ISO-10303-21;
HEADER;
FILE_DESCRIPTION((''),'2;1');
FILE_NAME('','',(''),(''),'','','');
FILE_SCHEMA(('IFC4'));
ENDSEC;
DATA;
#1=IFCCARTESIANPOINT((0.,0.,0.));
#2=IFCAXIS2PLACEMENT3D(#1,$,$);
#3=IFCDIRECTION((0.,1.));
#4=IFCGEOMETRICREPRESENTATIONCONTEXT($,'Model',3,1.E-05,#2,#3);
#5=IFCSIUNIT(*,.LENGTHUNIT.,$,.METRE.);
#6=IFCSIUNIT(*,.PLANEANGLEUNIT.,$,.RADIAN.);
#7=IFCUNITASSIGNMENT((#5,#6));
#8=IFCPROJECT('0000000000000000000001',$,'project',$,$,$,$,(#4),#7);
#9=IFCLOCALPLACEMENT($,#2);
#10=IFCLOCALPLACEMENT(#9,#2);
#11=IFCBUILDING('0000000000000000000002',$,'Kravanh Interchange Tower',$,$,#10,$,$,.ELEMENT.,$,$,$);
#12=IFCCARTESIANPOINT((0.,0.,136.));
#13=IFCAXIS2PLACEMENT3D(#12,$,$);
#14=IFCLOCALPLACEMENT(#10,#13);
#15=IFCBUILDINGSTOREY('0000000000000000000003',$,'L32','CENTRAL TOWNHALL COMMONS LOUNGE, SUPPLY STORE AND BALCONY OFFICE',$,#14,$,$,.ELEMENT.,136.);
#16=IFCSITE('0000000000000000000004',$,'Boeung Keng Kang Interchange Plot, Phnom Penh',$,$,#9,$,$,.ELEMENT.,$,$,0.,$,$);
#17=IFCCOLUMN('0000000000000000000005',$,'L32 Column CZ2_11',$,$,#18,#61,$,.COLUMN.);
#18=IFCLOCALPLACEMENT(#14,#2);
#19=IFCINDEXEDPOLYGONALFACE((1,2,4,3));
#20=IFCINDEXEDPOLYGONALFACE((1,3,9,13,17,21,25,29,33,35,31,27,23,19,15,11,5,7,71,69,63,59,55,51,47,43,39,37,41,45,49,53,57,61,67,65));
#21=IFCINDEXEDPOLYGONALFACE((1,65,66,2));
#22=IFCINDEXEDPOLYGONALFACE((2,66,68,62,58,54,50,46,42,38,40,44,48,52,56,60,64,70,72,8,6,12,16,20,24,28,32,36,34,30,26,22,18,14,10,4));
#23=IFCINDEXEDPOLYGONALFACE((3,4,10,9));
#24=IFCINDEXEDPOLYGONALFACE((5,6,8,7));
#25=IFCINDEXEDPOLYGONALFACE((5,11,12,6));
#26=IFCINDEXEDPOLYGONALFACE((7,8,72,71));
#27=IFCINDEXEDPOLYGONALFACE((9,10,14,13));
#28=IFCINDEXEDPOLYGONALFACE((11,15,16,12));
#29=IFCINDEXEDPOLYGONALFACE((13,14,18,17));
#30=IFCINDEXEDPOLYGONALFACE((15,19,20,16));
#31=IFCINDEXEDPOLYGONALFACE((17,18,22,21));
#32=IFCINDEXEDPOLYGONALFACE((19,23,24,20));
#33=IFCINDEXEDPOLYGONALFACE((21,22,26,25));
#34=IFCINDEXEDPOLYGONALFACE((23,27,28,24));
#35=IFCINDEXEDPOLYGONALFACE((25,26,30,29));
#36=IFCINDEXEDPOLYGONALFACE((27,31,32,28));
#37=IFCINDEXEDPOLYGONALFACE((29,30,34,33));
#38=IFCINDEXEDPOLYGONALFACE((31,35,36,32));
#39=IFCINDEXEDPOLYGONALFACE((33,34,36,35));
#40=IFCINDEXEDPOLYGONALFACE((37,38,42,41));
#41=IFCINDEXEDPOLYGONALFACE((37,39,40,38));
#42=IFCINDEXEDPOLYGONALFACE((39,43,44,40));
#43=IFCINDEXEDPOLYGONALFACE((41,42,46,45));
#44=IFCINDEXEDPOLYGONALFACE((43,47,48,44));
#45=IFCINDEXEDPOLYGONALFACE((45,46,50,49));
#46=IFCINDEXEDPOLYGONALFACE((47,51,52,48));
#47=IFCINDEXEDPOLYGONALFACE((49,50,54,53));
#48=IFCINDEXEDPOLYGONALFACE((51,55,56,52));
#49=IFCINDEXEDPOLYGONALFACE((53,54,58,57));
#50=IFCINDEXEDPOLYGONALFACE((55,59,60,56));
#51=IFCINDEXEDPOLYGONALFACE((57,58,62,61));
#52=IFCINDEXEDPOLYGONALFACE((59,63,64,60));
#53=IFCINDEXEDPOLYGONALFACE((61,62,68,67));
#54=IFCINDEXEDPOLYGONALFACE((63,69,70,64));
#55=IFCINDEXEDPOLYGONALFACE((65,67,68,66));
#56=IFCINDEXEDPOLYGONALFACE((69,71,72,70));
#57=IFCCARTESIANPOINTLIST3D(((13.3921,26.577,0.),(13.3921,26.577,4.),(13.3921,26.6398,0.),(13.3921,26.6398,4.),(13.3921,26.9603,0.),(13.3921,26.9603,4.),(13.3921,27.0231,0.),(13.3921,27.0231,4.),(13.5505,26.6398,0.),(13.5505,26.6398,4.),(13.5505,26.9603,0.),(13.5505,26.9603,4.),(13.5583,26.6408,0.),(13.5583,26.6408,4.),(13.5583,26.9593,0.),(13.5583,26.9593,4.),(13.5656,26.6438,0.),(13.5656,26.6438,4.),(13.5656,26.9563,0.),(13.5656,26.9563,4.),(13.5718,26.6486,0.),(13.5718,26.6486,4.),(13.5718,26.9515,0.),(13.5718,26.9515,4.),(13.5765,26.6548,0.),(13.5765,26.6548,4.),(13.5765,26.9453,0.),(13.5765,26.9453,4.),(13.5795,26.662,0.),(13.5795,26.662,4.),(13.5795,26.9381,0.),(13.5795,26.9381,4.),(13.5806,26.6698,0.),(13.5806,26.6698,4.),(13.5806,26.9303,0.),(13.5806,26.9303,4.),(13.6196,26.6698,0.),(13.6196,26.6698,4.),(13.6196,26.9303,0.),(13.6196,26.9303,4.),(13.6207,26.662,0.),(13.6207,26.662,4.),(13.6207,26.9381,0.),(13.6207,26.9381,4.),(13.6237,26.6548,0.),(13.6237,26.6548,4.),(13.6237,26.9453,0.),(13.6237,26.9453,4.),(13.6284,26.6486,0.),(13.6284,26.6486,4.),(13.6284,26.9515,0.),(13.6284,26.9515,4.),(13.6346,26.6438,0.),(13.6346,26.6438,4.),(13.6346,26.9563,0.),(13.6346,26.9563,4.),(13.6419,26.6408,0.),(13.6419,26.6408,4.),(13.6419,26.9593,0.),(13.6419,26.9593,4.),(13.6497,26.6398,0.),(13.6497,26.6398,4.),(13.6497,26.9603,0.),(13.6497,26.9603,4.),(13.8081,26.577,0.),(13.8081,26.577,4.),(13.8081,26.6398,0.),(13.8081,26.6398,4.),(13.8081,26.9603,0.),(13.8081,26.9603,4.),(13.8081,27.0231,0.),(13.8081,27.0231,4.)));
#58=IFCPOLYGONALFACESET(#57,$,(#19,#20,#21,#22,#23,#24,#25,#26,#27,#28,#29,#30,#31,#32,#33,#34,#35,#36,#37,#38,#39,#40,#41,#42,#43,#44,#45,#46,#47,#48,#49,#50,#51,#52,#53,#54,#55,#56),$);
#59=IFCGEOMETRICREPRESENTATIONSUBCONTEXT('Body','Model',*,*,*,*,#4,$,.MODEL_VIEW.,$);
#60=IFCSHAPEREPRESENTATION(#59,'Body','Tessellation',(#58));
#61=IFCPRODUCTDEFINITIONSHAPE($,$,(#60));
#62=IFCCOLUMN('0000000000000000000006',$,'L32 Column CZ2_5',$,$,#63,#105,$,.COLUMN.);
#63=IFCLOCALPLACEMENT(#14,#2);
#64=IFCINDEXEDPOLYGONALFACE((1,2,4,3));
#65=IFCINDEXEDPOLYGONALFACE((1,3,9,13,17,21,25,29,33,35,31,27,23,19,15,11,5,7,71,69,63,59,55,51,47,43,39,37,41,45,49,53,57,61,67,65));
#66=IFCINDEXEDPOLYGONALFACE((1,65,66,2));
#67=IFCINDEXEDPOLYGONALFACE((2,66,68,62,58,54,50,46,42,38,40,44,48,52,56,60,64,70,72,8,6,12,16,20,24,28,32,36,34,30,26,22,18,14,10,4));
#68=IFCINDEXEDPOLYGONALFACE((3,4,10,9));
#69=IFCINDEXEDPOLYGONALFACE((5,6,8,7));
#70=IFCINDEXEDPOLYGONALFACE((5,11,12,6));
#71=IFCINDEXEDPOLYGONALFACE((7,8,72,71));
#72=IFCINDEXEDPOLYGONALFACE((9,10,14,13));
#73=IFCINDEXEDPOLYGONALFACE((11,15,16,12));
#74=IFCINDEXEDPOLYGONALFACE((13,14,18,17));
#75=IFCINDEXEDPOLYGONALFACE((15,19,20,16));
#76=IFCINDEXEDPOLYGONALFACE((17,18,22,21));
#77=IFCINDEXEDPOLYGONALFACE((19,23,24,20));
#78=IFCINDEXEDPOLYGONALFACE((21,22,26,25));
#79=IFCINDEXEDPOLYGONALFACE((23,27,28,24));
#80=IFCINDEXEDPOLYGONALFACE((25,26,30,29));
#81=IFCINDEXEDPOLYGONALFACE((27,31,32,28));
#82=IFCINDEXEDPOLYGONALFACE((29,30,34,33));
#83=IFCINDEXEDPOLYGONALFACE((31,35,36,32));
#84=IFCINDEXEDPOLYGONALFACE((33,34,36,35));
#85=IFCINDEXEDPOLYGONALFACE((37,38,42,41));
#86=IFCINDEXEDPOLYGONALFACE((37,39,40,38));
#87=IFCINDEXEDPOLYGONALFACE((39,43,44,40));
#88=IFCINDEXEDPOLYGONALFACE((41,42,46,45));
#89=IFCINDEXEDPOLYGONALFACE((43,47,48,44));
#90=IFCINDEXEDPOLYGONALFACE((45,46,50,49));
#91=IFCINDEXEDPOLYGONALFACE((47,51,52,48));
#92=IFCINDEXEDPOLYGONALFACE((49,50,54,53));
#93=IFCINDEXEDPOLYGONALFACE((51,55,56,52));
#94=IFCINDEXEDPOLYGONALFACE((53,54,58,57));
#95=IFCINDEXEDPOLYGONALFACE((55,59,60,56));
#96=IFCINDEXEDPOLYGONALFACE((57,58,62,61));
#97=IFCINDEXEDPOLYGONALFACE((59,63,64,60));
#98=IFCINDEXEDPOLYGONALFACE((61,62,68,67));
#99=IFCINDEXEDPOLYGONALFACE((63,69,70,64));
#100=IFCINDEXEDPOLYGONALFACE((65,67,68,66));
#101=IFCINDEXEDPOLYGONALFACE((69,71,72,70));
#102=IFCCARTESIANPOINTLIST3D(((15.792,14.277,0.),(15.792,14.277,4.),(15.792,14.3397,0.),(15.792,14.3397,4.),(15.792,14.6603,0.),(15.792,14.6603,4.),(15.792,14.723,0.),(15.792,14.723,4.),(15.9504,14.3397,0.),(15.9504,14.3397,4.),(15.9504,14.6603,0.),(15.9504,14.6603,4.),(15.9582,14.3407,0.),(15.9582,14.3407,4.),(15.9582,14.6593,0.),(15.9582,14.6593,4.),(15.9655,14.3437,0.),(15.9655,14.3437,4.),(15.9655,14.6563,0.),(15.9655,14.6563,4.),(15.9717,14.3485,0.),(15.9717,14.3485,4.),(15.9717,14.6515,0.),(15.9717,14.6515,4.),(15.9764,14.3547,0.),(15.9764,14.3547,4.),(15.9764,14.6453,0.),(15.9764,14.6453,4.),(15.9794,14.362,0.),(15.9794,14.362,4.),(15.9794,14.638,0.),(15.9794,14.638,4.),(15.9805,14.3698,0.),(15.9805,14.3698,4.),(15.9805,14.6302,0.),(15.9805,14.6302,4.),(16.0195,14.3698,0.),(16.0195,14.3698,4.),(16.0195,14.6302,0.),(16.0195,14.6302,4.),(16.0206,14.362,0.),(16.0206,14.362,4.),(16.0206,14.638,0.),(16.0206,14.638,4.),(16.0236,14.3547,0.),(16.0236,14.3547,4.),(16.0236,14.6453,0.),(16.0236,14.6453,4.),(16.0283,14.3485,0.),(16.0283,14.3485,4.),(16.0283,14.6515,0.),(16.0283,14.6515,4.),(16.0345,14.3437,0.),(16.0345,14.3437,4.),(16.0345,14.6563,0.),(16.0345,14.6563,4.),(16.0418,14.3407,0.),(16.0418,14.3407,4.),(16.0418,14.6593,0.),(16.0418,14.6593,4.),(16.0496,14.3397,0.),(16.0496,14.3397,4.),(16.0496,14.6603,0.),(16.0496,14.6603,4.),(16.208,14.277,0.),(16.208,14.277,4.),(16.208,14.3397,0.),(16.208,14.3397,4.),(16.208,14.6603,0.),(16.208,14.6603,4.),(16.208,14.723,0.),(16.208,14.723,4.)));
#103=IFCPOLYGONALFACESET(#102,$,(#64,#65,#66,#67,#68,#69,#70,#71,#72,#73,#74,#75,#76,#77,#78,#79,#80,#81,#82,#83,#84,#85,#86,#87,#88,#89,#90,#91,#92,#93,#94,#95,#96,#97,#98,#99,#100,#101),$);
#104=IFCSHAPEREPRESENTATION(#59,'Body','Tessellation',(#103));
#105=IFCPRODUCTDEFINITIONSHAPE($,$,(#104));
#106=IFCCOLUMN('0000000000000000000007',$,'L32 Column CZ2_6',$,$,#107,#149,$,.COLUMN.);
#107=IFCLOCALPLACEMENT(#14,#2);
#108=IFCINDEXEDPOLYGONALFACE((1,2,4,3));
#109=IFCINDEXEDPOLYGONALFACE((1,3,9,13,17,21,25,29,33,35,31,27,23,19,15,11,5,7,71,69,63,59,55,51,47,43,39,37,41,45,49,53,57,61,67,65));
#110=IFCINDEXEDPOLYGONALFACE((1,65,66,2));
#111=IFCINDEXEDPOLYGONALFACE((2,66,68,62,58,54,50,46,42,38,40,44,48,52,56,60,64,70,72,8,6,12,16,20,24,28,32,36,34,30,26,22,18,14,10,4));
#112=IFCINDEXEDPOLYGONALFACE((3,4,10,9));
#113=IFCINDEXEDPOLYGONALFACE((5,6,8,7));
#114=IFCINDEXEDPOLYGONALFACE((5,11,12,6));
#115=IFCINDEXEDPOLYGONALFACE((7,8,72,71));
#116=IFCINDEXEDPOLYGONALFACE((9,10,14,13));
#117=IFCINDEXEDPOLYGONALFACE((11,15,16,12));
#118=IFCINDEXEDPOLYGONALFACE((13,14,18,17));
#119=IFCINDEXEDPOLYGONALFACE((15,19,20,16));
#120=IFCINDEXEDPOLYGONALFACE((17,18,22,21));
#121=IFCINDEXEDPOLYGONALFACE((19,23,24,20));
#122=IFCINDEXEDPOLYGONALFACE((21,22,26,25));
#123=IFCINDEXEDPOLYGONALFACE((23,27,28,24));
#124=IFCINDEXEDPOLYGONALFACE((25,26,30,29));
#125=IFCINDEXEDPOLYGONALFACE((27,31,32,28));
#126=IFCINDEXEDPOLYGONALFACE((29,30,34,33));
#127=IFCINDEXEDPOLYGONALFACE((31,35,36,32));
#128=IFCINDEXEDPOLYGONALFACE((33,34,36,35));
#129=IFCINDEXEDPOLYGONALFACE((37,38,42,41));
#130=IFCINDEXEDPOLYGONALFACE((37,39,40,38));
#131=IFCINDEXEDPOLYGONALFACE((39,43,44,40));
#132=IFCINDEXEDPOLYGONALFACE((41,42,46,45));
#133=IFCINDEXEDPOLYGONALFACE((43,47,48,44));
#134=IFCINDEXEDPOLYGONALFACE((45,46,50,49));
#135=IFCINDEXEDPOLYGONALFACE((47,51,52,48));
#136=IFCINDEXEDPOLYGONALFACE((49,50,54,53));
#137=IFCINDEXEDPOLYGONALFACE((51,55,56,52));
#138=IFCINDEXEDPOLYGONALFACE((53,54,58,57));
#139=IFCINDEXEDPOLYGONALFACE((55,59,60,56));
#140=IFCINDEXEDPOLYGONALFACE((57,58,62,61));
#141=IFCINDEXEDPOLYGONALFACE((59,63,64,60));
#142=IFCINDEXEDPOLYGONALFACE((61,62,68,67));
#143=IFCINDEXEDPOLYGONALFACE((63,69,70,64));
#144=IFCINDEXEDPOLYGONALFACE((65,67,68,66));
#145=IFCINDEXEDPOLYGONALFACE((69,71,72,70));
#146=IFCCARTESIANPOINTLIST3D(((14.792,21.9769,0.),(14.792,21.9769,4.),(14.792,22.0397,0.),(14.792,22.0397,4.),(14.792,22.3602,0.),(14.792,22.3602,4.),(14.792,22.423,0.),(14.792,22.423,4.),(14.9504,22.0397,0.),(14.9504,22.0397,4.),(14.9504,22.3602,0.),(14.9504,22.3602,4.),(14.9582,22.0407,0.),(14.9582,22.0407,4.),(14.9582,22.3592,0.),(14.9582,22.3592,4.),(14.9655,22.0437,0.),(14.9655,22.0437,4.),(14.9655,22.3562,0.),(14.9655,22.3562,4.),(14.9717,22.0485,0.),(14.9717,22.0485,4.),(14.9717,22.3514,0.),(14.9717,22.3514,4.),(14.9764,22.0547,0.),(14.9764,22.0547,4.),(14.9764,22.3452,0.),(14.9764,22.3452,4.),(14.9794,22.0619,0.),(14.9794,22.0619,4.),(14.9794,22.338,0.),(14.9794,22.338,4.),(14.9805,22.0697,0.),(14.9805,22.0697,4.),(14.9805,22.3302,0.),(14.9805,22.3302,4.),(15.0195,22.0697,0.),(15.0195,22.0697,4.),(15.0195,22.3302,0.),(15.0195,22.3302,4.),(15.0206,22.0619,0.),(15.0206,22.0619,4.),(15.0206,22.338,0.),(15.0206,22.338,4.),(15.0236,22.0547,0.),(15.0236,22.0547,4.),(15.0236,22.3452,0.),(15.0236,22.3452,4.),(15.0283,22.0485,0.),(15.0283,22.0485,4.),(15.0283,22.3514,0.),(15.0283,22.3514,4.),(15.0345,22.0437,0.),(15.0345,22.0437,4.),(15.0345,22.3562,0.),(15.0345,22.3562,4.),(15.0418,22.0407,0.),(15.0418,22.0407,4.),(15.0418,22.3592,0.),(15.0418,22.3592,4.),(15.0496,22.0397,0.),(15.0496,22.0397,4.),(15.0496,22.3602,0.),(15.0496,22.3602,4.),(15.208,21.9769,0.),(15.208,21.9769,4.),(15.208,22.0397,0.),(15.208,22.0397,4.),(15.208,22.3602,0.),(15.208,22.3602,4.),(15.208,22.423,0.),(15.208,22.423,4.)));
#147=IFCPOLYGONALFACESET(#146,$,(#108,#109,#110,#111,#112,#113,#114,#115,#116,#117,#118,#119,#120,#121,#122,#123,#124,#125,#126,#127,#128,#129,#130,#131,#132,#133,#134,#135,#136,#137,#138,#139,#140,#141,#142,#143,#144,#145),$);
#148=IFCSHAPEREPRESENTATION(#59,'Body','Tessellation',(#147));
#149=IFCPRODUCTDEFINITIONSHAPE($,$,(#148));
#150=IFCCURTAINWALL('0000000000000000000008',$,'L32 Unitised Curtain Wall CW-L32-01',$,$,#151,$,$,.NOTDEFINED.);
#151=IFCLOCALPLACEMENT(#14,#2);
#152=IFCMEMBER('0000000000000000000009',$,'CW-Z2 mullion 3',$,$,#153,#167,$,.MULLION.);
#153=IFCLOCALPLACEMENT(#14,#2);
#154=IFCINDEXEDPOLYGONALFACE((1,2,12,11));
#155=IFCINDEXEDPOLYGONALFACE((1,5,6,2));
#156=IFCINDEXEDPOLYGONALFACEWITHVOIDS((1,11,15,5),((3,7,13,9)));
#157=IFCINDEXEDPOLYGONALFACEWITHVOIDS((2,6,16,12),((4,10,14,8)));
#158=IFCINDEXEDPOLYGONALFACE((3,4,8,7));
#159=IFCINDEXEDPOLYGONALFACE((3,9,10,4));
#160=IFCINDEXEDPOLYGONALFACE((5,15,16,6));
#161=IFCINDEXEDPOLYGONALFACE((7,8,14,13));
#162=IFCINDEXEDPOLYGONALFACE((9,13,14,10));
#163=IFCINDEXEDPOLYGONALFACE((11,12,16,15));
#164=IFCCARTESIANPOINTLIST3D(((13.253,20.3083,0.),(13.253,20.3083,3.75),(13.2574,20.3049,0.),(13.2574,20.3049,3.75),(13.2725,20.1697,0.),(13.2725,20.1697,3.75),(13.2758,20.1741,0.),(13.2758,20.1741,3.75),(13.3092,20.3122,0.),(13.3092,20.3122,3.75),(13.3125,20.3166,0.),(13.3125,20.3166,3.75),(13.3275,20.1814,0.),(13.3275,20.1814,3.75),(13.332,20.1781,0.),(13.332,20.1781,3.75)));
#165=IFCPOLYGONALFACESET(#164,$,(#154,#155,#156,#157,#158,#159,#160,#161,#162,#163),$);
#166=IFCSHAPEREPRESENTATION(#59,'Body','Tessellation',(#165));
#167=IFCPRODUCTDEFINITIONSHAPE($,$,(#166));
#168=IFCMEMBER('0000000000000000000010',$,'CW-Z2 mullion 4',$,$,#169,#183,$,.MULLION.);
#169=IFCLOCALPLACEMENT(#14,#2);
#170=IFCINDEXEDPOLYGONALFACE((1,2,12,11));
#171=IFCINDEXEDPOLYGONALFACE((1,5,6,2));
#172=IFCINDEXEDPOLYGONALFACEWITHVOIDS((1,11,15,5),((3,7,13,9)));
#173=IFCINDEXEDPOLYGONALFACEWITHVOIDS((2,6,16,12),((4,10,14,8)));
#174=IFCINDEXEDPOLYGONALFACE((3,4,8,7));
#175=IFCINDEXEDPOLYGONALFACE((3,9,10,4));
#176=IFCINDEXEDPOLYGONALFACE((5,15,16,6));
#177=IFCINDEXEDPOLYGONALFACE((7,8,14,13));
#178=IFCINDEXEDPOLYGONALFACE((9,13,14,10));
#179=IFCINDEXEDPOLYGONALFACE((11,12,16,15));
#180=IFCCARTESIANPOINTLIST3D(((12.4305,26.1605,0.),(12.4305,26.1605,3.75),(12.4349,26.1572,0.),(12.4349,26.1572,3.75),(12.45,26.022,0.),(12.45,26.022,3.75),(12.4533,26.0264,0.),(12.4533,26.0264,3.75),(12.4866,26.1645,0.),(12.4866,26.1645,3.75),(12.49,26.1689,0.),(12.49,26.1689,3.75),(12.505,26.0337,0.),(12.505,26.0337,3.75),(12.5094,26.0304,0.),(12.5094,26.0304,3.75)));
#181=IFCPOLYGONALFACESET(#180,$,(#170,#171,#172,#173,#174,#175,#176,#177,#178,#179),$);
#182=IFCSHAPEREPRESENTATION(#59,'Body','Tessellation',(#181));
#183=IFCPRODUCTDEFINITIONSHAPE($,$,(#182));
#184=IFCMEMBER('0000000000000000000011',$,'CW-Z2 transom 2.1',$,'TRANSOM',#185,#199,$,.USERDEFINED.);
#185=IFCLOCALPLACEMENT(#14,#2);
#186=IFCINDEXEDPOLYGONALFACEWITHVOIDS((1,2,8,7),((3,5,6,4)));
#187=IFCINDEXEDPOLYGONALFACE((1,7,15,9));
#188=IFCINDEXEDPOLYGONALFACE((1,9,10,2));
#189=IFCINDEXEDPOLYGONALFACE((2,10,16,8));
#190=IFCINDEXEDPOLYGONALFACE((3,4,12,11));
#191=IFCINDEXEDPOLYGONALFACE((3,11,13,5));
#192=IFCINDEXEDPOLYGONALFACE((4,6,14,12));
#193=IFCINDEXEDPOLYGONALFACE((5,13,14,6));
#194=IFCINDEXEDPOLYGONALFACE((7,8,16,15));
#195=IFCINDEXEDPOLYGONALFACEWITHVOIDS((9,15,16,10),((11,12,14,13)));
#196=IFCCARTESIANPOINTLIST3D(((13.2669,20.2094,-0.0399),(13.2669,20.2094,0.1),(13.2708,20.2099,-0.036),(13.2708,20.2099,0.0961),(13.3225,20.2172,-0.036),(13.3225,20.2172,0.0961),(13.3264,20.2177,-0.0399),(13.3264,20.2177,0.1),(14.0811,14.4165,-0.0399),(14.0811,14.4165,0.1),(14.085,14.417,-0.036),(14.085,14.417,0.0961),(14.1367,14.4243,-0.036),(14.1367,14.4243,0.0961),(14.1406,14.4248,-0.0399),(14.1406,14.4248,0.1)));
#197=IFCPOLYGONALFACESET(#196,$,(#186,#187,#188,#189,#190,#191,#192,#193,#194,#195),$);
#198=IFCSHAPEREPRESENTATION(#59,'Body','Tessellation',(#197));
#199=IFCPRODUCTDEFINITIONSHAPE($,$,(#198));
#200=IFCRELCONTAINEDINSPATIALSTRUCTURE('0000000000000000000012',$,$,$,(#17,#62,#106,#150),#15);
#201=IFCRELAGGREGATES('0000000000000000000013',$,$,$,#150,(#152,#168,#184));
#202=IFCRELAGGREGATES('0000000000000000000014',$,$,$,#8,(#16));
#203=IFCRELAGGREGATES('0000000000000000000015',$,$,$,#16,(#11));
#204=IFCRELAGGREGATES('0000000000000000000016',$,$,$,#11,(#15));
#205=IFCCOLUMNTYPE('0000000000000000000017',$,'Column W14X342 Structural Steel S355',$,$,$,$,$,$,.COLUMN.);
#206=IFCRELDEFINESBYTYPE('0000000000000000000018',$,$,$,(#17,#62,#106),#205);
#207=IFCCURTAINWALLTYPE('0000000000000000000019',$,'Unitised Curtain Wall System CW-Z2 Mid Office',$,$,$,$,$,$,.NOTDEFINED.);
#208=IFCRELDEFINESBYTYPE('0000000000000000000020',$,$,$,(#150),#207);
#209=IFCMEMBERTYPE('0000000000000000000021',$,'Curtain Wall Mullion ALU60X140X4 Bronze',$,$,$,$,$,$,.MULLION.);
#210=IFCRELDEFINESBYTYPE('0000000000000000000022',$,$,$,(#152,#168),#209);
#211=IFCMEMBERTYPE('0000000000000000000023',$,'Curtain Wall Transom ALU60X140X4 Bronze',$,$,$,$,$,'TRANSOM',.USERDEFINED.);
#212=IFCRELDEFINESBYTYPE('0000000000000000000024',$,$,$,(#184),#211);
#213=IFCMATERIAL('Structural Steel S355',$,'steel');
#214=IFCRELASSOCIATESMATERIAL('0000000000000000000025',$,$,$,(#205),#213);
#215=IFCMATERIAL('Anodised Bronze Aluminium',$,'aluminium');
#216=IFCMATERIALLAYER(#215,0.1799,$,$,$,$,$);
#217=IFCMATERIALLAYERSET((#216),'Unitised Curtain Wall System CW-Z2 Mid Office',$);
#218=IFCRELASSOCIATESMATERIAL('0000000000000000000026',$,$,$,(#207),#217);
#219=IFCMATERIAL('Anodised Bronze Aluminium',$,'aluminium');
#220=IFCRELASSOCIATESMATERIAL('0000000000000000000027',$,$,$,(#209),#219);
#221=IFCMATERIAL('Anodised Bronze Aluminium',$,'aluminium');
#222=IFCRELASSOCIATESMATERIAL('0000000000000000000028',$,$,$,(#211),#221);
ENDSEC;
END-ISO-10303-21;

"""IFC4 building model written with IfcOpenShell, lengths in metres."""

from ifc_helpers import new_model, si_unit, direction, frame, origin, origin_2d, place, context, subcontext, project, spatial, hollow_rectangle, i_section, extrude, material, layer, layer_set, material_profile, profile_set, type_object, element, aggregate, save


model = new_model("IFC4")

# Units and contexts
model_context = context("Model", 3, precision=1e-05, world=origin(), true_north=direction((0.0, 1.0)))
body_context = subcontext(model_context, "Body", "Model", "MODEL_VIEW")
ifc_project = project(units=[si_unit("LENGTHUNIT", "METRE"), si_unit("PLANEANGLEUNIT", "RADIAN")], contexts=[model_context])

# Site, building, storey
site_placement = place(None, origin())
site = spatial("IfcSite", under=ifc_project, at=site_placement, Name="Boeung Keng Kang Interchange Plot, Phnom Penh", CompositionType="ELEMENT", RefElevation=0.0)
building_placement = place(site_placement, origin())
building = spatial("IfcBuilding", under=site, at=building_placement, Name="Kravanh Interchange Tower", CompositionType="ELEMENT")
storey_placement = place(building_placement, frame((0.0, 0.0, 136.0)))
storey = spatial("IfcBuildingStorey", under=building, at=storey_placement, Name="L32", Description="CENTRAL TOWNHALL COMMONS LOUNGE, SUPPLY STORE AND BALCONY OFFICE", CompositionType="ELEMENT", Elevation=136.0)

# Columns
ifc_material_1 = material(Name="Structural Steel S355", Category="steel")
ifc_material_profile_1 = material_profile(ifc_material_1, i_section(OverallWidth=0.416, OverallDepth=0.446, WebThickness=0.0391, FlangeThickness=0.0627, FilletRadius=0.03, at=origin_2d()), Name="W14X342")
ifc_profile_set_1 = profile_set([ifc_material_profile_1], Name="Structural Steel S355")
column_type = type_object("IfcColumnType", Name="Column W14X342 Structural Steel S355", PredefinedType="COLUMN", material=ifc_profile_set_1)
for number, where, z_axis, x_axis, name in (
    (1, (13.6001, 26.8, 0.0), (0.0, 0.0, 1.0), (1.0, 0.0, 0.0), "L32 Column CZ2_11"),
    (2, (16.0, 14.5, 0.0), (0.0, 0.0, 1.0), (1.0, 0.0, 0.0), "L32 Column CZ2_5"),
    (3, (15.0, 22.2, 0.0), (0.0, 0.0, 1.0), (1.0, 0.0, 0.0), "L32 Column CZ2_6"),
):
    element("IfcColumn", number, at=place(storey_placement, frame(where, z_axis=z_axis, x_axis=x_axis)), inside=storey, type_object=column_type, Name=name, PredefinedType="COLUMN", context=body_context, shape_type="SweptSolid", body=[
        extrude(i_section(OverallWidth=0.416, OverallDepth=0.446, WebThickness=0.0391, FlangeThickness=0.0627, FilletRadius=0.03, at=origin_2d()), origin(), (0.0, 0.0, 1.0), 4.0),
    ])

# Curtain wall, members
ifc_material_2 = material(Name="Anodised Bronze Aluminium", Category="aluminium")
ifc_layer_1 = layer(ifc_material_2, 0.1799)
ifc_layer_set_1 = layer_set([ifc_layer_1], Name="Unitised Curtain Wall System CW-Z2 Mid Office")
curtain_wall_type = type_object("IfcCurtainWallType", Name="Unitised Curtain Wall System CW-Z2 Mid Office", PredefinedType="NOTDEFINED", material=ifc_layer_set_1)
curtain_wall_placement = place(storey_placement, origin())
curtain_wall = element("IfcCurtainWall", 4, at=curtain_wall_placement, inside=storey, type_object=curtain_wall_type, Name="L32 Unitised Curtain Wall CW-L32-01", PredefinedType="NOTDEFINED")
ifc_material_3 = material(Name="Anodised Bronze Aluminium", Category="aluminium")
ifc_material_profile_2 = material_profile(ifc_material_3, hollow_rectangle(XDim=0.0601, YDim=0.1399, WallThickness=0.0039, at=origin_2d()), Name="ALU60X140X4")
ifc_profile_set_2 = profile_set([ifc_material_profile_2], Name="Anodised Bronze Aluminium")
member_type_1 = type_object("IfcMemberType", Name="Curtain Wall Mullion ALU60X140X4 Bronze", PredefinedType="MULLION", material=ifc_profile_set_2)
member_1_placement = place(storey_placement, frame((13.2925, 20.2432, 0.0), z_axis=(0.0, 0.0, 1.0), x_axis=(-0.990268, -0.139173, 0.0)))
member_1 = element("IfcMember", 5, at=member_1_placement, type_object=member_type_1, Name="CW-Z2 mullion 3", PredefinedType="MULLION", context=body_context, shape_type="SweptSolid", body=[
    extrude(hollow_rectangle(XDim=0.0601, YDim=0.1399, WallThickness=0.0039, at=origin_2d()), origin(), (0.0, 0.0, 1.0), 3.75),
])
member_2_placement = place(storey_placement, frame((12.47, 26.0955, 0.0), z_axis=(0.0, 0.0, 1.0), x_axis=(-0.990268, -0.139173, 0.0)))
member_2 = element("IfcMember", 6, at=member_2_placement, type_object=member_type_1, Name="CW-Z2 mullion 4", PredefinedType="MULLION", context=body_context, shape_type="SweptSolid", body=[
    extrude(hollow_rectangle(XDim=0.0601, YDim=0.1399, WallThickness=0.0039, at=origin_2d()), origin(), (0.0, 0.0, 1.0), 3.75),
])
ifc_material_4 = material(Name="Anodised Bronze Aluminium", Category="aluminium")
ifc_material_profile_3 = material_profile(ifc_material_4, hollow_rectangle(XDim=0.0601, YDim=0.1399, WallThickness=0.0039, at=origin_2d()), Name="ALU60X140X4")
ifc_profile_set_3 = profile_set([ifc_material_profile_3], Name="Anodised Bronze Aluminium")
member_type_2 = type_object("IfcMemberType", Name="Curtain Wall Transom ALU60X140X4 Bronze", ElementType="TRANSOM", PredefinedType="USERDEFINED", material=ifc_profile_set_3)
member_3_placement = place(storey_placement, frame((14.1108, 14.4207, 0.03), z_axis=(-0.139183, 0.990267, 0.0), x_axis=(-0.990267, -0.139183, 0.0)))
member_3 = element("IfcMember", 7, at=member_3_placement, type_object=member_type_2, Name="CW-Z2 transom 2.1", ObjectType="TRANSOM", PredefinedType="USERDEFINED", context=body_context, shape_type="SweptSolid", body=[
    extrude(hollow_rectangle(XDim=0.0601, YDim=0.1399, WallThickness=0.0039, at=origin_2d()), origin(), (0.0, 0.0, 1.0), 5.8499),
])

aggregate(curtain_wall, [member_1, member_2, member_3])

save(model, "model.ifc")
